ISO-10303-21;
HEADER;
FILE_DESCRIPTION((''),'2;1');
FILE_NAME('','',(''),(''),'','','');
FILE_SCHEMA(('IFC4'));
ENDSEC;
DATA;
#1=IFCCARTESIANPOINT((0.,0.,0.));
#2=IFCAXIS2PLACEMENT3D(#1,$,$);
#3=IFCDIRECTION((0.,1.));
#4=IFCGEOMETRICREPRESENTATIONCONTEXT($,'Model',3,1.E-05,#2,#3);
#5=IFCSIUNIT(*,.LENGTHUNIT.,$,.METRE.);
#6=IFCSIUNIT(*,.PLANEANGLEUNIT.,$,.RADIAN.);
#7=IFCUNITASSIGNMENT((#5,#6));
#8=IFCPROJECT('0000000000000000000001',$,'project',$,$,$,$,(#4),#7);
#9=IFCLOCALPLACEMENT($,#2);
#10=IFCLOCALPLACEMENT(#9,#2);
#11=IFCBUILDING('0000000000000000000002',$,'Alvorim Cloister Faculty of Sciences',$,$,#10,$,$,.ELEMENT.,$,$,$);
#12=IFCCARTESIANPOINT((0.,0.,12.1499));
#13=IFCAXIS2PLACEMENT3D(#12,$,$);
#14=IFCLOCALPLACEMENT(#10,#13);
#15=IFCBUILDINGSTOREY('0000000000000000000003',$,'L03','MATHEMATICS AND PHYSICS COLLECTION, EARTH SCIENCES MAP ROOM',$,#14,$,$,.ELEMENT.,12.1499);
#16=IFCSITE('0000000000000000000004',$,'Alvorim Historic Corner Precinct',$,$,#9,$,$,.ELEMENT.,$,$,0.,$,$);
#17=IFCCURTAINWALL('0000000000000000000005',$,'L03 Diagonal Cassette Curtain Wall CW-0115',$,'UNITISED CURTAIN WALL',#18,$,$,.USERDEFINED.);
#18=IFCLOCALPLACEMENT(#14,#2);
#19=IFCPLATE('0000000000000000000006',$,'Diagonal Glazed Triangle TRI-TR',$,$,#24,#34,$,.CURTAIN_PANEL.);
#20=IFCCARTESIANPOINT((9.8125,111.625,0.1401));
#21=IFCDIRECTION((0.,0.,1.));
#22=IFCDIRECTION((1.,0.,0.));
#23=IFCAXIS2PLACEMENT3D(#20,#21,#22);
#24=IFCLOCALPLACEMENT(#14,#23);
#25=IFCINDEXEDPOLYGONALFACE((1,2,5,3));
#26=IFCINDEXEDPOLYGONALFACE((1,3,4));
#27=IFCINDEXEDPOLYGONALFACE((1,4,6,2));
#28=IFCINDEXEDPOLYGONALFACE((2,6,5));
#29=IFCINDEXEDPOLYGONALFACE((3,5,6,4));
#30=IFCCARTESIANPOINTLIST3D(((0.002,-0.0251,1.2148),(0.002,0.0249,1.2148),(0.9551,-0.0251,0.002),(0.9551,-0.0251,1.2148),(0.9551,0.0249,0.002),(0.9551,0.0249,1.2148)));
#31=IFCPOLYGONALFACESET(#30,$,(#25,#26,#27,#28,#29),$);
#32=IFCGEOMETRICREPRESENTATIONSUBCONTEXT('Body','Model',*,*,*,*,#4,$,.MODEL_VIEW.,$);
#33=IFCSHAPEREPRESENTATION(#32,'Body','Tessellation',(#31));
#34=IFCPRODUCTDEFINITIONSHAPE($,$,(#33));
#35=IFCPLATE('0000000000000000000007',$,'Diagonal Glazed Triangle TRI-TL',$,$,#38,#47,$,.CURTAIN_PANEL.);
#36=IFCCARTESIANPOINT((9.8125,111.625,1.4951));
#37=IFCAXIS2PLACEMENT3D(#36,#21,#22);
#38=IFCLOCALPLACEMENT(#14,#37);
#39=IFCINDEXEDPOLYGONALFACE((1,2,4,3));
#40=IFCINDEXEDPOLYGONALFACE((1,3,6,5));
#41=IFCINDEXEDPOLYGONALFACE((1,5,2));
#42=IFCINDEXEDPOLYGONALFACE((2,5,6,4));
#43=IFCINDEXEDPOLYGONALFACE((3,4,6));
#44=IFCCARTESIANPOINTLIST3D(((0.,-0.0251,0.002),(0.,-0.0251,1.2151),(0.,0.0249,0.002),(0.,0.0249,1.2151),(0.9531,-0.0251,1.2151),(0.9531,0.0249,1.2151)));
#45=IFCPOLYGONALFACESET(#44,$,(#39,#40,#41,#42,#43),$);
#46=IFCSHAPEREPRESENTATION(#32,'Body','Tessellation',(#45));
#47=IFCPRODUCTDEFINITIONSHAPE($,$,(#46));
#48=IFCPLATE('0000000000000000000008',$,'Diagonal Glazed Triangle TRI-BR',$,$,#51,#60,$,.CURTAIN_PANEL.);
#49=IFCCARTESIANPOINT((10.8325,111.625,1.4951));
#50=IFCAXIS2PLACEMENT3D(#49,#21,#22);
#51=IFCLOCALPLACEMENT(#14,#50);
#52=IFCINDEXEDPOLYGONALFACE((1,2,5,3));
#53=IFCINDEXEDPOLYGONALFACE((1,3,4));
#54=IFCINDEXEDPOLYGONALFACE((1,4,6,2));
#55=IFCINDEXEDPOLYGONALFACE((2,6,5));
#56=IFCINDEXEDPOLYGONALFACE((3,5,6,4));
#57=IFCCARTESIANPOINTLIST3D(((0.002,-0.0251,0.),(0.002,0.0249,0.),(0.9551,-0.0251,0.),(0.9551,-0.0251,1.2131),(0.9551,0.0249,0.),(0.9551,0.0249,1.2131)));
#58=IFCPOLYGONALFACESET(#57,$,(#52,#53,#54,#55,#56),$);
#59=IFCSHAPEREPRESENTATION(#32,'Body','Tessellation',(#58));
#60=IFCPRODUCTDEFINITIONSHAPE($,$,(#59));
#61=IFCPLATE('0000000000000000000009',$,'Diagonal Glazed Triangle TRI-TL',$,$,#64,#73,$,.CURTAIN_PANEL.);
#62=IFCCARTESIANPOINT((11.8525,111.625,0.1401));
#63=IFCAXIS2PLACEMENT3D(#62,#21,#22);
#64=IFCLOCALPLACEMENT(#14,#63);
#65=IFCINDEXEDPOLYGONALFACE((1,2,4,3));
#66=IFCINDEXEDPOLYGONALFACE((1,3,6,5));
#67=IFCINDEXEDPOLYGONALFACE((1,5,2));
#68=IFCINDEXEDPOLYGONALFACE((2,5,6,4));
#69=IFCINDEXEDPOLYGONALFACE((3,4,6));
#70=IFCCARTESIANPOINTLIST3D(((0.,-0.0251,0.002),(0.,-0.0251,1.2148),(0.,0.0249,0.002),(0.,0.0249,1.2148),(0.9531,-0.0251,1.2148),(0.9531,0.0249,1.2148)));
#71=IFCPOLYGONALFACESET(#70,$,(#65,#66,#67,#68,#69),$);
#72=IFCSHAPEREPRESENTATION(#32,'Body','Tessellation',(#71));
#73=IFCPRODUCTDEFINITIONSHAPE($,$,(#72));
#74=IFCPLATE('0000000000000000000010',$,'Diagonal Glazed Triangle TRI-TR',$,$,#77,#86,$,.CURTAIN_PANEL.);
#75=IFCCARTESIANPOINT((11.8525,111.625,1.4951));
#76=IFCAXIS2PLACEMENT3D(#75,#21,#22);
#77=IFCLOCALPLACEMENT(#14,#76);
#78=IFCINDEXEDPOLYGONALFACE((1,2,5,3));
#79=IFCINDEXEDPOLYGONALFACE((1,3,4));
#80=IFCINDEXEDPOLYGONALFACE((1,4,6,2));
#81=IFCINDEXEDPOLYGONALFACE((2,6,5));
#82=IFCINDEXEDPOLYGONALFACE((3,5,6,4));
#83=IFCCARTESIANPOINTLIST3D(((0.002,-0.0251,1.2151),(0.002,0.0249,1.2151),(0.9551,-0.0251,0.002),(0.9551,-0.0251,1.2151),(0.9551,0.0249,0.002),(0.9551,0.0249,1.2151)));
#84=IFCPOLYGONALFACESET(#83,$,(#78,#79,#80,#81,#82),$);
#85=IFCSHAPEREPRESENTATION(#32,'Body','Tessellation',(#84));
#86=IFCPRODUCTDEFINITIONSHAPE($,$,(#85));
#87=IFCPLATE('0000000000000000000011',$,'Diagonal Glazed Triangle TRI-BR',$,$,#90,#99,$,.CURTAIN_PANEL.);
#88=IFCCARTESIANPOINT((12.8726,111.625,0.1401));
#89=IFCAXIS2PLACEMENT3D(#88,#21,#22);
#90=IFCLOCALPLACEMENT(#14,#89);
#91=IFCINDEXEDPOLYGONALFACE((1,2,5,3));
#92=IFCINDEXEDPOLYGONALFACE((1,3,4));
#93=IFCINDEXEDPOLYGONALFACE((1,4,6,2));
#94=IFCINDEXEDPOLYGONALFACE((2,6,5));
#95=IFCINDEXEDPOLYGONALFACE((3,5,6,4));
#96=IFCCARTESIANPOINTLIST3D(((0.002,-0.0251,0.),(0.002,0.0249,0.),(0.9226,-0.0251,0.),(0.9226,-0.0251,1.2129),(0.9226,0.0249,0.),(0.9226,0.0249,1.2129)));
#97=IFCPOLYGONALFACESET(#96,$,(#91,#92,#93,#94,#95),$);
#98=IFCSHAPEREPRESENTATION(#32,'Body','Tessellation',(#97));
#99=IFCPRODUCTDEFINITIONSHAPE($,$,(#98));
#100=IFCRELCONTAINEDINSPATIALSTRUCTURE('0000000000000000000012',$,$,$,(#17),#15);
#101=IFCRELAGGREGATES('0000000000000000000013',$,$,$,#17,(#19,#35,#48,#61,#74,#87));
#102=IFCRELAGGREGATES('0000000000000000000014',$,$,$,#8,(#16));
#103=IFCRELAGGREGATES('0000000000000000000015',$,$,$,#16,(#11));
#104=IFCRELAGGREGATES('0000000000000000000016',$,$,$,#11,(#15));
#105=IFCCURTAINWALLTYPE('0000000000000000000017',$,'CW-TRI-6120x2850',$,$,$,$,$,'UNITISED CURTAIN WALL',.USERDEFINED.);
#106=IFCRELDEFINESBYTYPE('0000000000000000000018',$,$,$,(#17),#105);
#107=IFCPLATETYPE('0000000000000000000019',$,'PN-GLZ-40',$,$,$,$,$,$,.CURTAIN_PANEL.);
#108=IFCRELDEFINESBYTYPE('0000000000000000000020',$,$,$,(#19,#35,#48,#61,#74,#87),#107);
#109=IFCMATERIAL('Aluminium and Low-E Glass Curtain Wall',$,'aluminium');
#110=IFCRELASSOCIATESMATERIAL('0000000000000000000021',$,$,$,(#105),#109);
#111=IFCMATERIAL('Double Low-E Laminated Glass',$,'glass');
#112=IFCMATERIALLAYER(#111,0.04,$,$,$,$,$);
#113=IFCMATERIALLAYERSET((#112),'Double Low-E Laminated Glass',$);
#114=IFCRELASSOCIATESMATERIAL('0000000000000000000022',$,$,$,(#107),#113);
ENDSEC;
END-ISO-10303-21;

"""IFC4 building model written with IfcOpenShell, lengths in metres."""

from ifc_helpers import new_model, si_unit, direction, frame, origin, place, context, subcontext, project, spatial, polyline, outline, extrude, material, layer, layer_set, type_object, element, aggregate, save


model = new_model("IFC4")

# Units and contexts
model_context = context("Model", 3, precision=1e-05, world=origin(), true_north=direction((0.0, 1.0)))
body_context = subcontext(model_context, "Body", "Model", "MODEL_VIEW")
ifc_project = project(units=[si_unit("LENGTHUNIT", "METRE"), si_unit("PLANEANGLEUNIT", "RADIAN")], contexts=[model_context])

# Site, building, storey
site_placement = place(None, origin())
site = spatial("IfcSite", under=ifc_project, at=site_placement, Name="Alvorim Historic Corner Precinct", CompositionType="ELEMENT", RefElevation=0.0)
building_placement = place(site_placement, origin())
building = spatial("IfcBuilding", under=site, at=building_placement, Name="Alvorim Cloister Faculty of Sciences", CompositionType="ELEMENT")
storey_placement = place(building_placement, frame((0.0, 0.0, 12.1499)))
storey = spatial("IfcBuildingStorey", under=building, at=storey_placement, Name="L03", Description="MATHEMATICS AND PHYSICS COLLECTION, EARTH SCIENCES MAP ROOM", CompositionType="ELEMENT", Elevation=12.1499)

# Curtain wall, plates
ifc_material_1 = material(Name="Aluminium and Low-E Glass Curtain Wall", Category="aluminium")
curtain_wall_type = type_object("IfcCurtainWallType", Name="CW-TRI-6120x2850", ElementType="UNITISED CURTAIN WALL", PredefinedType="USERDEFINED", material=ifc_material_1)
curtain_wall_placement = place(storey_placement, origin())
curtain_wall = element("IfcCurtainWall", 1, at=curtain_wall_placement, inside=storey, type_object=curtain_wall_type, Name="L03 Diagonal Cassette Curtain Wall CW-0115", ObjectType="UNITISED CURTAIN WALL", PredefinedType="USERDEFINED")
ifc_material_2 = material(Name="Double Low-E Laminated Glass", Category="glass")
ifc_layer = layer(ifc_material_2, 0.04)
ifc_layer_set = layer_set([ifc_layer], Name="Double Low-E Laminated Glass")
plate_type = type_object("IfcPlateType", Name="PN-GLZ-40", PredefinedType="CURTAIN_PANEL", material=ifc_layer_set)
plate_1_placement = place(storey_placement, frame((9.8125, 111.625, 0.1401), z_axis=(0.0, 0.0, 1.0), x_axis=(1.0, 0.0, 0.0)))
plate_1 = element("IfcPlate", 2, at=plate_1_placement, type_object=plate_type, Name="Diagonal Glazed Triangle TRI-TR", PredefinedType="CURTAIN_PANEL", context=body_context, shape_type="SweptSolid", body=[
    extrude(outline(polyline([(0.9551, 0.002), (0.9551, 1.2148), (0.002, 1.2148), (0.9551, 0.002)])), frame((0.0, 0.0249, 0.0), z_axis=(0.0, -1.0, 0.0), x_axis=(1.0, 0.0, 0.0)), (0.0, 0.0, 1.0), 0.05),
])
plate_2_placement = place(storey_placement, frame((9.8125, 111.625, 1.4951), z_axis=(0.0, 0.0, 1.0), x_axis=(1.0, 0.0, 0.0)))
plate_2 = element("IfcPlate", 3, at=plate_2_placement, type_object=plate_type, Name="Diagonal Glazed Triangle TRI-TL", PredefinedType="CURTAIN_PANEL", context=body_context, shape_type="SweptSolid", body=[
    extrude(outline(polyline([(0.9531, 1.2151), (0.0, 1.2151), (0.0, 0.002), (0.9531, 1.2151)])), frame((0.0, 0.0249, 0.0), z_axis=(0.0, -1.0, 0.0), x_axis=(1.0, 0.0, 0.0)), (0.0, 0.0, 1.0), 0.05),
])
plate_3_placement = place(storey_placement, frame((10.8325, 111.625, 1.4951), z_axis=(0.0, 0.0, 1.0), x_axis=(1.0, 0.0, 0.0)))
plate_3 = element("IfcPlate", 4, at=plate_3_placement, type_object=plate_type, Name="Diagonal Glazed Triangle TRI-BR", PredefinedType="CURTAIN_PANEL", context=body_context, shape_type="SweptSolid", body=[
    extrude(outline(polyline([(0.002, 0.0), (0.9551, 0.0), (0.9551, 1.2131), (0.002, 0.0)])), frame((0.0, 0.0249, 0.0), z_axis=(0.0, -1.0, 0.0), x_axis=(1.0, 0.0, 0.0)), (0.0, 0.0, 1.0), 0.05),
])
plate_4_placement = place(storey_placement, frame((11.8525, 111.625, 0.1401), z_axis=(0.0, 0.0, 1.0), x_axis=(1.0, 0.0, 0.0)))
plate_4 = element("IfcPlate", 5, at=plate_4_placement, type_object=plate_type, Name="Diagonal Glazed Triangle TRI-TL", PredefinedType="CURTAIN_PANEL", context=body_context, shape_type="SweptSolid", body=[
    extrude(outline(polyline([(0.9531, 1.2148), (0.0, 1.2148), (0.0, 0.002), (0.9531, 1.2148)])), frame((0.0, 0.0249, 0.0), z_axis=(0.0, -1.0, 0.0), x_axis=(1.0, 0.0, 0.0)), (0.0, 0.0, 1.0), 0.05),
])
plate_5_placement = place(storey_placement, frame((11.8525, 111.625, 1.4951), z_axis=(0.0, 0.0, 1.0), x_axis=(1.0, 0.0, 0.0)))
plate_5 = element("IfcPlate", 6, at=plate_5_placement, type_object=plate_type, Name="Diagonal Glazed Triangle TRI-TR", PredefinedType="CURTAIN_PANEL", context=body_context, shape_type="SweptSolid", body=[
    extrude(outline(polyline([(0.9551, 0.002), (0.9551, 1.2151), (0.002, 1.2151), (0.9551, 0.002)])), frame((0.0, 0.0249, 0.0), z_axis=(0.0, -1.0, 0.0), x_axis=(1.0, 0.0, 0.0)), (0.0, 0.0, 1.0), 0.05),
])
plate_6_placement = place(storey_placement, frame((12.8726, 111.625, 0.1401), z_axis=(0.0, 0.0, 1.0), x_axis=(1.0, 0.0, 0.0)))
plate_6 = element("IfcPlate", 7, at=plate_6_placement, type_object=plate_type, Name="Diagonal Glazed Triangle TRI-BR", PredefinedType="CURTAIN_PANEL", context=body_context, shape_type="SweptSolid", body=[
    extrude(outline(polyline([(0.002, 0.0), (0.9226, 0.0), (0.9226, 1.2129), (0.002, 0.0)])), frame((0.0, 0.0249, 0.0), z_axis=(0.0, -1.0, 0.0), x_axis=(1.0, 0.0, 0.0)), (0.0, 0.0, 1.0), 0.05),
])
aggregate(curtain_wall, [plate_1, plate_2, plate_3, plate_4, plate_5, plate_6])

save(model, "model.ifc")
